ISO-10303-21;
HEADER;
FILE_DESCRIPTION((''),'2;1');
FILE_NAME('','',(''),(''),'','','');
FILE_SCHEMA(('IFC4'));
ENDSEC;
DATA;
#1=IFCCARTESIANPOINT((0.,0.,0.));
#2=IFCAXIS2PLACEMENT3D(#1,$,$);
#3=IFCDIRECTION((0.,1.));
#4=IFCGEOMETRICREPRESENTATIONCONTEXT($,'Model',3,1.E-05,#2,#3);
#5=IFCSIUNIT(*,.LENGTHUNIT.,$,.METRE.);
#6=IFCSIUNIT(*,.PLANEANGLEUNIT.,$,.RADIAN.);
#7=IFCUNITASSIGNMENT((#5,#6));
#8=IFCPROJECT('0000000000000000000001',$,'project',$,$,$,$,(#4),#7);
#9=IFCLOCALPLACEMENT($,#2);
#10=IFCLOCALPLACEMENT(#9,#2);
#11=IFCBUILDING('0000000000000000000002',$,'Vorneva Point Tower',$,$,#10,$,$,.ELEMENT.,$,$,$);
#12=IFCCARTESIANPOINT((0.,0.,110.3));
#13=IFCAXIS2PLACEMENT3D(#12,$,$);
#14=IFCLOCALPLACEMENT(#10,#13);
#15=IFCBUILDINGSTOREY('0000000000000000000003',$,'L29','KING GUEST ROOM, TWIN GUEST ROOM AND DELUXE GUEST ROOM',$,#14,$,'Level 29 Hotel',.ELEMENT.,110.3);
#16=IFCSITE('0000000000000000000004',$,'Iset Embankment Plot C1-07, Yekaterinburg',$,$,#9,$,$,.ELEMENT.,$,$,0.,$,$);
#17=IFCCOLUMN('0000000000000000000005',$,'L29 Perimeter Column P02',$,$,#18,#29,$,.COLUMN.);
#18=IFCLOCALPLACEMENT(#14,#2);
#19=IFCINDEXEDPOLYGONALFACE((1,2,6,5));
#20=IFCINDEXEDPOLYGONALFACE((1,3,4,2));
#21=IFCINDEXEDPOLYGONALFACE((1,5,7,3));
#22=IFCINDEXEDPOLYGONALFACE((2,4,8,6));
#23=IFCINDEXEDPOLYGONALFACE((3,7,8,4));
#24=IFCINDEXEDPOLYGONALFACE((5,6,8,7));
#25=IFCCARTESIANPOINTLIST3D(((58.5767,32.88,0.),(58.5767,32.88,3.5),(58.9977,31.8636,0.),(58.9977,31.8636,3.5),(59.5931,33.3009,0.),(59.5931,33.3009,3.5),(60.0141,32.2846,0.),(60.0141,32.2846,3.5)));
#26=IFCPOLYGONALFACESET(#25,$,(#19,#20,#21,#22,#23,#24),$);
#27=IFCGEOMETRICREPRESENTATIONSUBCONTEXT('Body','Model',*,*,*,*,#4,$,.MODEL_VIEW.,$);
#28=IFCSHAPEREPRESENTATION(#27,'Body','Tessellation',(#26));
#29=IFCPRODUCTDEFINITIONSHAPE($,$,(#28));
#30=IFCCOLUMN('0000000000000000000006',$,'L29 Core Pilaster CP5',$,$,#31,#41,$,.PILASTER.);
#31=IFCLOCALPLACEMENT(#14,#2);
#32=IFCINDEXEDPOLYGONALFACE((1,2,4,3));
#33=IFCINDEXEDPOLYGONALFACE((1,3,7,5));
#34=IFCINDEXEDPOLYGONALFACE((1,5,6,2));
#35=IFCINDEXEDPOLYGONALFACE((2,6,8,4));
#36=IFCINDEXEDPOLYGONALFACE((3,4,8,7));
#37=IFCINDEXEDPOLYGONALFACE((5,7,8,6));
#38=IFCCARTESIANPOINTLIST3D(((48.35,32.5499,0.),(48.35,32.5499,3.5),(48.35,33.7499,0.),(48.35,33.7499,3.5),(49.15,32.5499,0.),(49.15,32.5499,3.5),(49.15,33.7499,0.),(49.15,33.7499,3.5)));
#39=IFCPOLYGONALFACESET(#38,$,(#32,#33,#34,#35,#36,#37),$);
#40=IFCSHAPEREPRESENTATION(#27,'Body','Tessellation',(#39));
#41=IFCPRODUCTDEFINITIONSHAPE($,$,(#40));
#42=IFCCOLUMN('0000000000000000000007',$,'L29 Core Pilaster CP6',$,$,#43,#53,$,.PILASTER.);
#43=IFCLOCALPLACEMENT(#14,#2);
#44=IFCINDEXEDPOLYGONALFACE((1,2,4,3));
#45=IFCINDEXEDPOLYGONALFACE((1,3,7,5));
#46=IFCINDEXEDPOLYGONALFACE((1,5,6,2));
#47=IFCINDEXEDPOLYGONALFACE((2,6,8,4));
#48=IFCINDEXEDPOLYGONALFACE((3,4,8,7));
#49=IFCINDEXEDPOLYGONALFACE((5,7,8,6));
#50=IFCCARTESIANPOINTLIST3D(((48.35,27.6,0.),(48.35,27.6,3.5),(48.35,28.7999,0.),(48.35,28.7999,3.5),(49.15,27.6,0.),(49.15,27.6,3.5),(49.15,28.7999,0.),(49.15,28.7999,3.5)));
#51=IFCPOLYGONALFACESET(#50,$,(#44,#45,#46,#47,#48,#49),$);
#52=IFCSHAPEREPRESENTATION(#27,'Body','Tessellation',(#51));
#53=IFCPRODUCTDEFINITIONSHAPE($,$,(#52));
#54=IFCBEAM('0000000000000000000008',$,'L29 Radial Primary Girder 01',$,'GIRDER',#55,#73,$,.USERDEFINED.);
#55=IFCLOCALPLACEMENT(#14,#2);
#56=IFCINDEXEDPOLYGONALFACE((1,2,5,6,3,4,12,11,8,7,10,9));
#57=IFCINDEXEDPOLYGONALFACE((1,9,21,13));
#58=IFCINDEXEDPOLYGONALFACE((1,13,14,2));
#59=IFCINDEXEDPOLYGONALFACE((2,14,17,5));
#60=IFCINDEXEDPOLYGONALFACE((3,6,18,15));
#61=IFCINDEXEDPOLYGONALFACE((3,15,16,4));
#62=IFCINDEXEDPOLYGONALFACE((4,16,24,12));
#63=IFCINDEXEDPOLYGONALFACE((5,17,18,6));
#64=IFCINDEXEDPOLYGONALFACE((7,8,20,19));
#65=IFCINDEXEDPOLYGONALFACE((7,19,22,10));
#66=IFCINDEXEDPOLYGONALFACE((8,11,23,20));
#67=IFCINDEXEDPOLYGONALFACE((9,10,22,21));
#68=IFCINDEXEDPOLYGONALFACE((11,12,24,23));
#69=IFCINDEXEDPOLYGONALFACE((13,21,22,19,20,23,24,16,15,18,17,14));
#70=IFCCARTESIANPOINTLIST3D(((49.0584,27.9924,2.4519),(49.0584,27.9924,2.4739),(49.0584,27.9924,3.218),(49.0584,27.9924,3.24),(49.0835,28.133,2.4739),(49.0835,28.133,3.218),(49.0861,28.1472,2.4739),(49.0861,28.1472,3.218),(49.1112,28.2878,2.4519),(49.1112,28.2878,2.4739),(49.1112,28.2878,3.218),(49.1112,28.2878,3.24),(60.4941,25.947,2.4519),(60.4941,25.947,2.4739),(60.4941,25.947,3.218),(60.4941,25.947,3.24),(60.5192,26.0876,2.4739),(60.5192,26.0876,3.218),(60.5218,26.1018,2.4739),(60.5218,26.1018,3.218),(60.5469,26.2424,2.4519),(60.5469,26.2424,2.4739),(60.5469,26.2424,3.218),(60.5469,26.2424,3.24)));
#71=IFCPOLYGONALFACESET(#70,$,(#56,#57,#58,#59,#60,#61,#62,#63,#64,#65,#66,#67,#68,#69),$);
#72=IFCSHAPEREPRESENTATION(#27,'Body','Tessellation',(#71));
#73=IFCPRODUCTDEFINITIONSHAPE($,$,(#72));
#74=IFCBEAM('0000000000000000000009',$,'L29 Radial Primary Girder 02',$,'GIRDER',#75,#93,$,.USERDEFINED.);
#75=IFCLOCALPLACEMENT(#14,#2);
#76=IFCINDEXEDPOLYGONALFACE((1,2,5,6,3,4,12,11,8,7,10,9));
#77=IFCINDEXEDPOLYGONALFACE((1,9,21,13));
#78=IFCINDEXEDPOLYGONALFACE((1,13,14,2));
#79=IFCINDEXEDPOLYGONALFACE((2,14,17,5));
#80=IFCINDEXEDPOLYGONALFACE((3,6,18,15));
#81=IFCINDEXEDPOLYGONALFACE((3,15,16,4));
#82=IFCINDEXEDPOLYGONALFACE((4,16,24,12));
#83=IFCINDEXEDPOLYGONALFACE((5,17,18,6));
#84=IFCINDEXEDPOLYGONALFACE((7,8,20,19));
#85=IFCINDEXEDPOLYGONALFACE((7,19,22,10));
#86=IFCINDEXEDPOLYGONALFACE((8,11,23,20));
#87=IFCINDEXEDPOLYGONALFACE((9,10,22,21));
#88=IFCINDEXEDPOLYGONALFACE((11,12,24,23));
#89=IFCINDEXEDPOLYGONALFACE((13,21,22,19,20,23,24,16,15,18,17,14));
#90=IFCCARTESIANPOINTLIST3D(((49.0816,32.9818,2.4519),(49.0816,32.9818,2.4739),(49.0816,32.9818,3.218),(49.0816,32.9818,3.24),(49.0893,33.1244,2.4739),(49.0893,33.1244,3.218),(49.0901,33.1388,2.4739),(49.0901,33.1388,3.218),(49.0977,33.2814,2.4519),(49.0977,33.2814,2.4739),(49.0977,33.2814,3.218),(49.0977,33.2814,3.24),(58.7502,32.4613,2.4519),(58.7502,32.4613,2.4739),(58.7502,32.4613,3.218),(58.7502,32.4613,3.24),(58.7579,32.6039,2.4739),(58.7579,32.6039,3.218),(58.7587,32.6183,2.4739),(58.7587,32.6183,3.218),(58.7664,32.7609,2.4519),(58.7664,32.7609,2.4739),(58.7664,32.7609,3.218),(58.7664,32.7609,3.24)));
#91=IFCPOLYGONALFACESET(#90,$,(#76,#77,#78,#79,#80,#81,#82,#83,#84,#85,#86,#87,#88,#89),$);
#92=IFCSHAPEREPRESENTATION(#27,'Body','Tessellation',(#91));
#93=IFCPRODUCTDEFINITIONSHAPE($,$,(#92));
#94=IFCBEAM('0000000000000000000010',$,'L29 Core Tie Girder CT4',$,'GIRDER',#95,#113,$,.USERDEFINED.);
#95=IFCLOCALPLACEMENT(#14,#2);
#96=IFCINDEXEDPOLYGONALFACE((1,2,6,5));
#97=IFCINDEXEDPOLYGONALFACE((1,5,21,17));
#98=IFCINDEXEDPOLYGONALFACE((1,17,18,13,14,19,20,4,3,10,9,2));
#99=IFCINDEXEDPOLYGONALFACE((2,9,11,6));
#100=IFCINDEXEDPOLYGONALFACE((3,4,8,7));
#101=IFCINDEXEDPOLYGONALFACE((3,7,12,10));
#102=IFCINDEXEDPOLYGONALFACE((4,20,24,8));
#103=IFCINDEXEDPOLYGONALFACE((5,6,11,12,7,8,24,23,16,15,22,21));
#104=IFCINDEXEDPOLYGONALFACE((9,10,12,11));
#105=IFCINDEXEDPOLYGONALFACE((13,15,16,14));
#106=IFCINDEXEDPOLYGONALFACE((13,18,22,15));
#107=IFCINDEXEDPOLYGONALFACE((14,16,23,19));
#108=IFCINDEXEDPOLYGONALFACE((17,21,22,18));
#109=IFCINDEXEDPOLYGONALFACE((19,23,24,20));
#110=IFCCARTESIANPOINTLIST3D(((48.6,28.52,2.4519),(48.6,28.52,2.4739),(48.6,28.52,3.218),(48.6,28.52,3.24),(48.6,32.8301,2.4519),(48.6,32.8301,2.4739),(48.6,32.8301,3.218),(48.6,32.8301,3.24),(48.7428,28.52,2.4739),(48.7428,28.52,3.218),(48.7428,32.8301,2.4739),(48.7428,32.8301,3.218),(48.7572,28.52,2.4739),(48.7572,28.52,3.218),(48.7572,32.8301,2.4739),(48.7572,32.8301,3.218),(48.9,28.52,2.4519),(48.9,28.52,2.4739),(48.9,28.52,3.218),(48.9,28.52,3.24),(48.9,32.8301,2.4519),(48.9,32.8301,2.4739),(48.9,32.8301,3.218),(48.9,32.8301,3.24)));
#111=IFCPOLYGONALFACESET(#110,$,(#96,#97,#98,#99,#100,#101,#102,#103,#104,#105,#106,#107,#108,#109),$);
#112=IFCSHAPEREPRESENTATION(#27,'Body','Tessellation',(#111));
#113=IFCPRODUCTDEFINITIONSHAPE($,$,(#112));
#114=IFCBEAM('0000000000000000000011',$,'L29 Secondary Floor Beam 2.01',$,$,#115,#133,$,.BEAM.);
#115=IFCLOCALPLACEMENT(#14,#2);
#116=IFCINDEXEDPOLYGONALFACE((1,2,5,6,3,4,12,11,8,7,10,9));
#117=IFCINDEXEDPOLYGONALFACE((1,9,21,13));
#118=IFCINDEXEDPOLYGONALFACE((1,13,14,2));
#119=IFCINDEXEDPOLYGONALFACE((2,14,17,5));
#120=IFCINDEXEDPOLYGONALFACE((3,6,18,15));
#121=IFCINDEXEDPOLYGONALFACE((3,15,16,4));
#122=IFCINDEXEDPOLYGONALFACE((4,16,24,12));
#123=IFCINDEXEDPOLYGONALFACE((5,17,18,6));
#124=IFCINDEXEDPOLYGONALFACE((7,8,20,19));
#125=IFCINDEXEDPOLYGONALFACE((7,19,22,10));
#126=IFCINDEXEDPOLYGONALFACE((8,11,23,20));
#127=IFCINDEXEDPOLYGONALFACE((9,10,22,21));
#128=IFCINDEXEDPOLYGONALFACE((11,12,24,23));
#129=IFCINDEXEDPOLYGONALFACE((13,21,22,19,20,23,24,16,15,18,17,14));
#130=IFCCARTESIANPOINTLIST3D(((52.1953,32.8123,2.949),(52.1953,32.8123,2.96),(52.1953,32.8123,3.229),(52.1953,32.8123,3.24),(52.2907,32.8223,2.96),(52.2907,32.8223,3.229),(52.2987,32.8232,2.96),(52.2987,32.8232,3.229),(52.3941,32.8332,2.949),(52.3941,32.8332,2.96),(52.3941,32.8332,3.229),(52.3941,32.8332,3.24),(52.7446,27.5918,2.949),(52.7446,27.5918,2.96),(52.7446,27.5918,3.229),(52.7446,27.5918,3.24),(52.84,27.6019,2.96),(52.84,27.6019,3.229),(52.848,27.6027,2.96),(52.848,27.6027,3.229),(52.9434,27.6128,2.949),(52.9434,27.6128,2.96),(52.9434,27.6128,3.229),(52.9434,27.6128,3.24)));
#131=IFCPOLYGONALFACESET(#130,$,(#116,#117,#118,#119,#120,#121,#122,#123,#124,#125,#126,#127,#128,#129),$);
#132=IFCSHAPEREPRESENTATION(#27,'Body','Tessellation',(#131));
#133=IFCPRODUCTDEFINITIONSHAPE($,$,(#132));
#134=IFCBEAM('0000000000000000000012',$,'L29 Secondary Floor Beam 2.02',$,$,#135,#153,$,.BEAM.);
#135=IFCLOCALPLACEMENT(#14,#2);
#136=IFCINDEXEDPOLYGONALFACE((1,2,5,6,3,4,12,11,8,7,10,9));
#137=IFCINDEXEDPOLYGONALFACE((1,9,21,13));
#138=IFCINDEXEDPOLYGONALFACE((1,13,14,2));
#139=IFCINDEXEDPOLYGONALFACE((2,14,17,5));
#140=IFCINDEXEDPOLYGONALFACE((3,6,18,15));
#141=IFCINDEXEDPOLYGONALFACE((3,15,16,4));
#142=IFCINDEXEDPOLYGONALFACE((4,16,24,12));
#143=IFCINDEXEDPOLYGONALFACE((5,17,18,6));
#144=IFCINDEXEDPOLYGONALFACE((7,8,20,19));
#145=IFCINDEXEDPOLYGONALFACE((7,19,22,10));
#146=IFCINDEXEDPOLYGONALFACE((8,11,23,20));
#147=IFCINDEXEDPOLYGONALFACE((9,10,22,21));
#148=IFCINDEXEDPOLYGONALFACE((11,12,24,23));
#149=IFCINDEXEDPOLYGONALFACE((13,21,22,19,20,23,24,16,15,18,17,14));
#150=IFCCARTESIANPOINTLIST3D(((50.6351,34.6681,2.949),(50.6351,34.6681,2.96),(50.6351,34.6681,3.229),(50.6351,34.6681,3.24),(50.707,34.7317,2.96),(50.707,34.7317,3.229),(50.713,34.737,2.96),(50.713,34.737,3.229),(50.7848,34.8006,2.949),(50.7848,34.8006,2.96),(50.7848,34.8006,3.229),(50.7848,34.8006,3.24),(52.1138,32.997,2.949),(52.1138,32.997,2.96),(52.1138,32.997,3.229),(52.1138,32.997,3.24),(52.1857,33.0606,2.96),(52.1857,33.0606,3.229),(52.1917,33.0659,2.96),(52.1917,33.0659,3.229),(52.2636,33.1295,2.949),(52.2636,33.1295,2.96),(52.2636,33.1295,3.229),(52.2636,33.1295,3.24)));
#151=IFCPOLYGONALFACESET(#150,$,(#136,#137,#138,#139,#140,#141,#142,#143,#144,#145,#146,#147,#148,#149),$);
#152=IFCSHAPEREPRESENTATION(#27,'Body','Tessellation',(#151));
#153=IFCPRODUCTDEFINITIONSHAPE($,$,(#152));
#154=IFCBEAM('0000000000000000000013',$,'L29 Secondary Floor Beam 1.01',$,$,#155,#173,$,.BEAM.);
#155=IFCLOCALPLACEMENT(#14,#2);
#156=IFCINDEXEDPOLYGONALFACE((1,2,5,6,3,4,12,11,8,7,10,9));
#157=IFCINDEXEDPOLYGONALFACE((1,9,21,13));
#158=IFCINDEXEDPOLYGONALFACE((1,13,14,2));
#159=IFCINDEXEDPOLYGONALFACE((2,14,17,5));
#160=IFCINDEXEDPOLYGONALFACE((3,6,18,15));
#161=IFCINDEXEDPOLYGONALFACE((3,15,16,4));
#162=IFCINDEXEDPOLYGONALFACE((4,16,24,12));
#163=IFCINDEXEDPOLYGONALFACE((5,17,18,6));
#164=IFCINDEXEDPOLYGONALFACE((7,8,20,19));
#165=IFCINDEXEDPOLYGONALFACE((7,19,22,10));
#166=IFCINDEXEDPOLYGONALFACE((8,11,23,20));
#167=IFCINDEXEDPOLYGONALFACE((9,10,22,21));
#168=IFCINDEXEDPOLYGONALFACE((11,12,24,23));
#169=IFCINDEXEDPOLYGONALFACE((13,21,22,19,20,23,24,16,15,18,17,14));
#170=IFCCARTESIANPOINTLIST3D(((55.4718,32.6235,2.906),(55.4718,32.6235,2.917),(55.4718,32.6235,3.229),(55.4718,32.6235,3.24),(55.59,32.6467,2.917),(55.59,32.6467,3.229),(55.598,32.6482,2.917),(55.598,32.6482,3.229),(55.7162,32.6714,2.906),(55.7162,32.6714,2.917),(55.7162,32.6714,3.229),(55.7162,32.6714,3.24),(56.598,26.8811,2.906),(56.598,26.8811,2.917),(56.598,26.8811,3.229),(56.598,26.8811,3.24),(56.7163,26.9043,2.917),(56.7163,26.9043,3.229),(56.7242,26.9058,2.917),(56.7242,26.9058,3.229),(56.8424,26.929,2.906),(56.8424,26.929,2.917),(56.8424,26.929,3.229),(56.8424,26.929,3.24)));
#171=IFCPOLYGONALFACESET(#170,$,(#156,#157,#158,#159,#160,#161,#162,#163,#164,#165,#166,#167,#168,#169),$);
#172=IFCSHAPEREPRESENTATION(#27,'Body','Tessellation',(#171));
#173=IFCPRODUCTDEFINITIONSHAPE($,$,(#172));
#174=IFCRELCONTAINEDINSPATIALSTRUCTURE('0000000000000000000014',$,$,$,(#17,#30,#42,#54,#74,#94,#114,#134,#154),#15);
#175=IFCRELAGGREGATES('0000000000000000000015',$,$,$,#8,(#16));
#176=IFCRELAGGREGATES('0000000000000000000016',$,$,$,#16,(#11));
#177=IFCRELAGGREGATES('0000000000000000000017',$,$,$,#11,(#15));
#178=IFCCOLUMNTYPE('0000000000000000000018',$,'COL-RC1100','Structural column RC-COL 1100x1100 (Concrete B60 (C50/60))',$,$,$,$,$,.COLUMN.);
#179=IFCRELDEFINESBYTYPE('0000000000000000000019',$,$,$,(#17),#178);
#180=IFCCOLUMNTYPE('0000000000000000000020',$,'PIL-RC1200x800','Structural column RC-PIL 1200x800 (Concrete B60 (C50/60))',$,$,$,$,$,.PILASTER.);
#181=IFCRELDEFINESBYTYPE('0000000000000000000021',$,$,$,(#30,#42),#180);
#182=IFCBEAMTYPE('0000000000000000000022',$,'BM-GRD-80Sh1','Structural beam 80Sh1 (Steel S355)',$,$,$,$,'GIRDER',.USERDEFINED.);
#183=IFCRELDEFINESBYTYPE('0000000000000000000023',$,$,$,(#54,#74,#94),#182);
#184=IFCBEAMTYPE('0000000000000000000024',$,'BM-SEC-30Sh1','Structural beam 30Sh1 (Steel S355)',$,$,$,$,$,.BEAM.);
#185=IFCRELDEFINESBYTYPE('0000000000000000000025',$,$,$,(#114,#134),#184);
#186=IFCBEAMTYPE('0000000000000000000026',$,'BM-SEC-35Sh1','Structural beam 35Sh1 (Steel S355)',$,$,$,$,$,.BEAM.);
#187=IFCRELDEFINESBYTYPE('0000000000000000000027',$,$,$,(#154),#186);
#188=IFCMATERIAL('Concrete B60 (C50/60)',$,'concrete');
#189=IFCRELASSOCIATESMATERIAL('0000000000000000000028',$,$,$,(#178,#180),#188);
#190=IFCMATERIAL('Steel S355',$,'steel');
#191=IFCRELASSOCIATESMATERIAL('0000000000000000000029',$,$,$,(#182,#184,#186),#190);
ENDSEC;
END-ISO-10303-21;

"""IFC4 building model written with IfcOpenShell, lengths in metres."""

from ifc_helpers import new_model, si_unit, direction, frame, origin, origin_2d, place, context, subcontext, project, spatial, rectangle, i_section, extrude, material, material_profile, profile_set, type_object, element, save


model = new_model("IFC4")

# Units and contexts
model_context = context("Model", 3, precision=1e-05, world=origin(), true_north=direction((0.0, 1.0)))
body_context = subcontext(model_context, "Body", "Model", "MODEL_VIEW")
ifc_project = project(units=[si_unit("LENGTHUNIT", "METRE"), si_unit("PLANEANGLEUNIT", "RADIAN")], contexts=[model_context])

# Site, building, storey
site_placement = place(None, origin())
site = spatial("IfcSite", under=ifc_project, at=site_placement, Name="Iset Embankment Plot C1-07, Yekaterinburg", CompositionType="ELEMENT", RefElevation=0.0)
building_placement = place(site_placement, origin())
building = spatial("IfcBuilding", under=site, at=building_placement, Name="Vorneva Point Tower", CompositionType="ELEMENT")
storey_placement = place(building_placement, frame((0.0, 0.0, 110.3)))
storey = spatial("IfcBuildingStorey", under=building, at=storey_placement, Name="L29", Description="KING GUEST ROOM, TWIN GUEST ROOM AND DELUXE GUEST ROOM", LongName="Level 29 Hotel", CompositionType="ELEMENT", Elevation=110.3)

# Columns
ifc_material_1 = material(Name="Concrete B60 (C50/60)", Category="concrete")
ifc_material_profile_1 = material_profile(ifc_material_1, rectangle(XDim=1.1001, YDim=1.1001, at=origin_2d()), Name="RC-COL 1100x1100")
ifc_profile_set_1 = profile_set([ifc_material_profile_1], Name="Concrete B60 (C50/60)")
column_type_1 = type_object("IfcColumnType", Name="COL-RC1100", Description="Structural column RC-COL 1100x1100 (Concrete B60 (C50/60))", PredefinedType="COLUMN", material=ifc_profile_set_1)
column_placement = place(storey_placement, frame((59.2954, 32.5823, 0.0), z_axis=(0.0, 0.0, 1.0), x_axis=(0.92388, 0.382683, 0.0)))
element("IfcColumn", 1, at=column_placement, inside=storey, type_object=column_type_1, Name="L29 Perimeter Column P02", PredefinedType="COLUMN", context=body_context, shape_type="SweptSolid", body=[
    extrude(rectangle(XDim=1.1001, YDim=1.1001, at=origin_2d()), origin(), (0.0, 0.0, 1.0), 3.5),
])
ifc_material_profile_2 = material_profile(ifc_material_1, rectangle(XDim=0.8, YDim=1.2, at=origin_2d()), Name="RC-PIL 1200x800")
ifc_profile_set_2 = profile_set([ifc_material_profile_2], Name="Concrete B60 (C50/60)")
column_type_2 = type_object("IfcColumnType", Name="PIL-RC1200x800", Description="Structural column RC-PIL 1200x800 (Concrete B60 (C50/60))", PredefinedType="PILASTER", material=ifc_profile_set_2)
for number, where, z_axis, x_axis, name in (
    (2, (48.75, 33.1499, 0.0), (0.0, 0.0, 1.0), (1.0, 0.0, 0.0), "L29 Core Pilaster CP5"),
    (3, (48.75, 28.2, 0.0), (0.0, 0.0, 1.0), (1.0, 0.0, 0.0), "L29 Core Pilaster CP6"),
):
    element("IfcColumn", number, at=place(storey_placement, frame(where, z_axis=z_axis, x_axis=x_axis)), inside=storey, type_object=column_type_2, Name=name, PredefinedType="PILASTER", context=body_context, shape_type="SweptSolid", body=[
        extrude(rectangle(XDim=0.8, YDim=1.2, at=origin_2d()), origin(), (0.0, 0.0, 1.0), 3.5),
    ])

# Beams
ifc_material_2 = material(Name="Steel S355", Category="steel")
ifc_material_profile_3 = material_profile(ifc_material_2, i_section(OverallWidth=0.3, OverallDepth=0.7881, WebThickness=0.0144, FlangeThickness=0.022, at=origin_2d()), Name="80Sh1")
ifc_profile_set_3 = profile_set([ifc_material_profile_3], Name="Steel S355")
beam_type_1 = type_object("IfcBeamType", Name="BM-GRD-80Sh1", Description="Structural beam 80Sh1 (Steel S355)", ElementType="GIRDER", PredefinedType="USERDEFINED", material=ifc_profile_set_3)
beam_1_placement = place(storey_placement, frame((60.5205, 26.0947, 2.8459), z_axis=(-0.984378, 0.176066, 0.0), x_axis=(-0.176066, -0.984378, 0.0)))
element("IfcBeam", 4, at=beam_1_placement, inside=storey, type_object=beam_type_1, Name="L29 Radial Primary Girder 01", ObjectType="GIRDER", PredefinedType="USERDEFINED", context=body_context, shape_type="SweptSolid", body=[
    extrude(i_section(OverallWidth=0.3, OverallDepth=0.7881, WebThickness=0.0144, FlangeThickness=0.022, at=origin_2d()), origin(), (0.0, 0.0, 1.0), 11.6172),
])
beam_2_placement = place(storey_placement, frame((58.7583, 32.6111, 2.8459), z_axis=(-0.998554, 0.053756, 0.0), x_axis=(-0.053756, -0.998554, 0.0)))
element("IfcBeam", 5, at=beam_2_placement, inside=storey, type_object=beam_type_1, Name="L29 Radial Primary Girder 02", ObjectType="GIRDER", PredefinedType="USERDEFINED", context=body_context, shape_type="SweptSolid", body=[
    extrude(i_section(OverallWidth=0.3, OverallDepth=0.7881, WebThickness=0.0144, FlangeThickness=0.022, at=origin_2d()), origin(), (0.0, 0.0, 1.0), 9.6826),
])
beam_3_placement = place(storey_placement, frame((48.75, 28.52, 2.8459), z_axis=(0.0, 1.0, 0.0), x_axis=(-1.0, 0.0, 0.0)))
element("IfcBeam", 6, at=beam_3_placement, inside=storey, type_object=beam_type_1, Name="L29 Core Tie Girder CT4", ObjectType="GIRDER", PredefinedType="USERDEFINED", context=body_context, shape_type="SweptSolid", body=[
    extrude(i_section(OverallWidth=0.3, OverallDepth=0.7881, WebThickness=0.0144, FlangeThickness=0.022, at=origin_2d()), origin(), (0.0, 0.0, 1.0), 4.3101),
])
ifc_material_profile_4 = material_profile(ifc_material_2, i_section(OverallWidth=0.2, OverallDepth=0.291, WebThickness=0.0081, FlangeThickness=0.011, at=origin_2d()), Name="30Sh1")
ifc_profile_set_4 = profile_set([ifc_material_profile_4], Name="Steel S355")
beam_type_2 = type_object("IfcBeamType", Name="BM-SEC-30Sh1", Description="Structural beam 30Sh1 (Steel S355)", PredefinedType="BEAM", material=ifc_profile_set_4)
beam_4_placement = place(storey_placement, frame((52.844, 27.6023, 3.0945), z_axis=(-0.104646, 0.99451, 0.0), x_axis=(-0.99451, -0.104646, 0.0)))
element("IfcBeam", 7, at=beam_4_placement, inside=storey, type_object=beam_type_2, Name="L29 Secondary Floor Beam 2.01", PredefinedType="BEAM", context=body_context, shape_type="SweptSolid", body=[
    extrude(i_section(OverallWidth=0.2, OverallDepth=0.291, WebThickness=0.0081, FlangeThickness=0.011, at=origin_2d()), origin(), (0.0, 0.0, 1.0), 5.2493),
])
beam_5_placement = place(storey_placement, frame((52.1887, 33.0632, 3.0945), z_axis=(-0.662685, 0.748898, 0.0), x_axis=(-0.748898, -0.662685, 0.0)))
element("IfcBeam", 8, at=beam_5_placement, inside=storey, type_object=beam_type_2, Name="L29 Secondary Floor Beam 2.02", PredefinedType="BEAM", context=body_context, shape_type="SweptSolid", body=[
    extrude(i_section(OverallWidth=0.2, OverallDepth=0.291, WebThickness=0.0081, FlangeThickness=0.011, at=origin_2d()), origin(), (0.0, 0.0, 1.0), 2.2314),
])
ifc_material_profile_5 = material_profile(ifc_material_2, i_section(OverallWidth=0.249, OverallDepth=0.334, WebThickness=0.0081, FlangeThickness=0.011, at=origin_2d()), Name="35Sh1")
ifc_profile_set_5 = profile_set([ifc_material_profile_5], Name="Steel S355")
beam_type_3 = type_object("IfcBeamType", Name="BM-SEC-35Sh1", Description="Structural beam 35Sh1 (Steel S355)", PredefinedType="BEAM", material=ifc_profile_set_5)
beam_6_placement = place(storey_placement, frame((56.7202, 26.905, 3.073), z_axis=(-0.192456, 0.981306, 0.0), x_axis=(-0.981306, -0.192456, 0.0)))
element("IfcBeam", 9, at=beam_6_placement, inside=storey, type_object=beam_type_3, Name="L29 Secondary Floor Beam 1.01", PredefinedType="BEAM", context=body_context, shape_type="SweptSolid", body=[
    extrude(i_section(OverallWidth=0.249, OverallDepth=0.334, WebThickness=0.0081, FlangeThickness=0.011, at=origin_2d()), origin(), (0.0, 0.0, 1.0), 5.8518),
])

save(model, "model.ifc")
